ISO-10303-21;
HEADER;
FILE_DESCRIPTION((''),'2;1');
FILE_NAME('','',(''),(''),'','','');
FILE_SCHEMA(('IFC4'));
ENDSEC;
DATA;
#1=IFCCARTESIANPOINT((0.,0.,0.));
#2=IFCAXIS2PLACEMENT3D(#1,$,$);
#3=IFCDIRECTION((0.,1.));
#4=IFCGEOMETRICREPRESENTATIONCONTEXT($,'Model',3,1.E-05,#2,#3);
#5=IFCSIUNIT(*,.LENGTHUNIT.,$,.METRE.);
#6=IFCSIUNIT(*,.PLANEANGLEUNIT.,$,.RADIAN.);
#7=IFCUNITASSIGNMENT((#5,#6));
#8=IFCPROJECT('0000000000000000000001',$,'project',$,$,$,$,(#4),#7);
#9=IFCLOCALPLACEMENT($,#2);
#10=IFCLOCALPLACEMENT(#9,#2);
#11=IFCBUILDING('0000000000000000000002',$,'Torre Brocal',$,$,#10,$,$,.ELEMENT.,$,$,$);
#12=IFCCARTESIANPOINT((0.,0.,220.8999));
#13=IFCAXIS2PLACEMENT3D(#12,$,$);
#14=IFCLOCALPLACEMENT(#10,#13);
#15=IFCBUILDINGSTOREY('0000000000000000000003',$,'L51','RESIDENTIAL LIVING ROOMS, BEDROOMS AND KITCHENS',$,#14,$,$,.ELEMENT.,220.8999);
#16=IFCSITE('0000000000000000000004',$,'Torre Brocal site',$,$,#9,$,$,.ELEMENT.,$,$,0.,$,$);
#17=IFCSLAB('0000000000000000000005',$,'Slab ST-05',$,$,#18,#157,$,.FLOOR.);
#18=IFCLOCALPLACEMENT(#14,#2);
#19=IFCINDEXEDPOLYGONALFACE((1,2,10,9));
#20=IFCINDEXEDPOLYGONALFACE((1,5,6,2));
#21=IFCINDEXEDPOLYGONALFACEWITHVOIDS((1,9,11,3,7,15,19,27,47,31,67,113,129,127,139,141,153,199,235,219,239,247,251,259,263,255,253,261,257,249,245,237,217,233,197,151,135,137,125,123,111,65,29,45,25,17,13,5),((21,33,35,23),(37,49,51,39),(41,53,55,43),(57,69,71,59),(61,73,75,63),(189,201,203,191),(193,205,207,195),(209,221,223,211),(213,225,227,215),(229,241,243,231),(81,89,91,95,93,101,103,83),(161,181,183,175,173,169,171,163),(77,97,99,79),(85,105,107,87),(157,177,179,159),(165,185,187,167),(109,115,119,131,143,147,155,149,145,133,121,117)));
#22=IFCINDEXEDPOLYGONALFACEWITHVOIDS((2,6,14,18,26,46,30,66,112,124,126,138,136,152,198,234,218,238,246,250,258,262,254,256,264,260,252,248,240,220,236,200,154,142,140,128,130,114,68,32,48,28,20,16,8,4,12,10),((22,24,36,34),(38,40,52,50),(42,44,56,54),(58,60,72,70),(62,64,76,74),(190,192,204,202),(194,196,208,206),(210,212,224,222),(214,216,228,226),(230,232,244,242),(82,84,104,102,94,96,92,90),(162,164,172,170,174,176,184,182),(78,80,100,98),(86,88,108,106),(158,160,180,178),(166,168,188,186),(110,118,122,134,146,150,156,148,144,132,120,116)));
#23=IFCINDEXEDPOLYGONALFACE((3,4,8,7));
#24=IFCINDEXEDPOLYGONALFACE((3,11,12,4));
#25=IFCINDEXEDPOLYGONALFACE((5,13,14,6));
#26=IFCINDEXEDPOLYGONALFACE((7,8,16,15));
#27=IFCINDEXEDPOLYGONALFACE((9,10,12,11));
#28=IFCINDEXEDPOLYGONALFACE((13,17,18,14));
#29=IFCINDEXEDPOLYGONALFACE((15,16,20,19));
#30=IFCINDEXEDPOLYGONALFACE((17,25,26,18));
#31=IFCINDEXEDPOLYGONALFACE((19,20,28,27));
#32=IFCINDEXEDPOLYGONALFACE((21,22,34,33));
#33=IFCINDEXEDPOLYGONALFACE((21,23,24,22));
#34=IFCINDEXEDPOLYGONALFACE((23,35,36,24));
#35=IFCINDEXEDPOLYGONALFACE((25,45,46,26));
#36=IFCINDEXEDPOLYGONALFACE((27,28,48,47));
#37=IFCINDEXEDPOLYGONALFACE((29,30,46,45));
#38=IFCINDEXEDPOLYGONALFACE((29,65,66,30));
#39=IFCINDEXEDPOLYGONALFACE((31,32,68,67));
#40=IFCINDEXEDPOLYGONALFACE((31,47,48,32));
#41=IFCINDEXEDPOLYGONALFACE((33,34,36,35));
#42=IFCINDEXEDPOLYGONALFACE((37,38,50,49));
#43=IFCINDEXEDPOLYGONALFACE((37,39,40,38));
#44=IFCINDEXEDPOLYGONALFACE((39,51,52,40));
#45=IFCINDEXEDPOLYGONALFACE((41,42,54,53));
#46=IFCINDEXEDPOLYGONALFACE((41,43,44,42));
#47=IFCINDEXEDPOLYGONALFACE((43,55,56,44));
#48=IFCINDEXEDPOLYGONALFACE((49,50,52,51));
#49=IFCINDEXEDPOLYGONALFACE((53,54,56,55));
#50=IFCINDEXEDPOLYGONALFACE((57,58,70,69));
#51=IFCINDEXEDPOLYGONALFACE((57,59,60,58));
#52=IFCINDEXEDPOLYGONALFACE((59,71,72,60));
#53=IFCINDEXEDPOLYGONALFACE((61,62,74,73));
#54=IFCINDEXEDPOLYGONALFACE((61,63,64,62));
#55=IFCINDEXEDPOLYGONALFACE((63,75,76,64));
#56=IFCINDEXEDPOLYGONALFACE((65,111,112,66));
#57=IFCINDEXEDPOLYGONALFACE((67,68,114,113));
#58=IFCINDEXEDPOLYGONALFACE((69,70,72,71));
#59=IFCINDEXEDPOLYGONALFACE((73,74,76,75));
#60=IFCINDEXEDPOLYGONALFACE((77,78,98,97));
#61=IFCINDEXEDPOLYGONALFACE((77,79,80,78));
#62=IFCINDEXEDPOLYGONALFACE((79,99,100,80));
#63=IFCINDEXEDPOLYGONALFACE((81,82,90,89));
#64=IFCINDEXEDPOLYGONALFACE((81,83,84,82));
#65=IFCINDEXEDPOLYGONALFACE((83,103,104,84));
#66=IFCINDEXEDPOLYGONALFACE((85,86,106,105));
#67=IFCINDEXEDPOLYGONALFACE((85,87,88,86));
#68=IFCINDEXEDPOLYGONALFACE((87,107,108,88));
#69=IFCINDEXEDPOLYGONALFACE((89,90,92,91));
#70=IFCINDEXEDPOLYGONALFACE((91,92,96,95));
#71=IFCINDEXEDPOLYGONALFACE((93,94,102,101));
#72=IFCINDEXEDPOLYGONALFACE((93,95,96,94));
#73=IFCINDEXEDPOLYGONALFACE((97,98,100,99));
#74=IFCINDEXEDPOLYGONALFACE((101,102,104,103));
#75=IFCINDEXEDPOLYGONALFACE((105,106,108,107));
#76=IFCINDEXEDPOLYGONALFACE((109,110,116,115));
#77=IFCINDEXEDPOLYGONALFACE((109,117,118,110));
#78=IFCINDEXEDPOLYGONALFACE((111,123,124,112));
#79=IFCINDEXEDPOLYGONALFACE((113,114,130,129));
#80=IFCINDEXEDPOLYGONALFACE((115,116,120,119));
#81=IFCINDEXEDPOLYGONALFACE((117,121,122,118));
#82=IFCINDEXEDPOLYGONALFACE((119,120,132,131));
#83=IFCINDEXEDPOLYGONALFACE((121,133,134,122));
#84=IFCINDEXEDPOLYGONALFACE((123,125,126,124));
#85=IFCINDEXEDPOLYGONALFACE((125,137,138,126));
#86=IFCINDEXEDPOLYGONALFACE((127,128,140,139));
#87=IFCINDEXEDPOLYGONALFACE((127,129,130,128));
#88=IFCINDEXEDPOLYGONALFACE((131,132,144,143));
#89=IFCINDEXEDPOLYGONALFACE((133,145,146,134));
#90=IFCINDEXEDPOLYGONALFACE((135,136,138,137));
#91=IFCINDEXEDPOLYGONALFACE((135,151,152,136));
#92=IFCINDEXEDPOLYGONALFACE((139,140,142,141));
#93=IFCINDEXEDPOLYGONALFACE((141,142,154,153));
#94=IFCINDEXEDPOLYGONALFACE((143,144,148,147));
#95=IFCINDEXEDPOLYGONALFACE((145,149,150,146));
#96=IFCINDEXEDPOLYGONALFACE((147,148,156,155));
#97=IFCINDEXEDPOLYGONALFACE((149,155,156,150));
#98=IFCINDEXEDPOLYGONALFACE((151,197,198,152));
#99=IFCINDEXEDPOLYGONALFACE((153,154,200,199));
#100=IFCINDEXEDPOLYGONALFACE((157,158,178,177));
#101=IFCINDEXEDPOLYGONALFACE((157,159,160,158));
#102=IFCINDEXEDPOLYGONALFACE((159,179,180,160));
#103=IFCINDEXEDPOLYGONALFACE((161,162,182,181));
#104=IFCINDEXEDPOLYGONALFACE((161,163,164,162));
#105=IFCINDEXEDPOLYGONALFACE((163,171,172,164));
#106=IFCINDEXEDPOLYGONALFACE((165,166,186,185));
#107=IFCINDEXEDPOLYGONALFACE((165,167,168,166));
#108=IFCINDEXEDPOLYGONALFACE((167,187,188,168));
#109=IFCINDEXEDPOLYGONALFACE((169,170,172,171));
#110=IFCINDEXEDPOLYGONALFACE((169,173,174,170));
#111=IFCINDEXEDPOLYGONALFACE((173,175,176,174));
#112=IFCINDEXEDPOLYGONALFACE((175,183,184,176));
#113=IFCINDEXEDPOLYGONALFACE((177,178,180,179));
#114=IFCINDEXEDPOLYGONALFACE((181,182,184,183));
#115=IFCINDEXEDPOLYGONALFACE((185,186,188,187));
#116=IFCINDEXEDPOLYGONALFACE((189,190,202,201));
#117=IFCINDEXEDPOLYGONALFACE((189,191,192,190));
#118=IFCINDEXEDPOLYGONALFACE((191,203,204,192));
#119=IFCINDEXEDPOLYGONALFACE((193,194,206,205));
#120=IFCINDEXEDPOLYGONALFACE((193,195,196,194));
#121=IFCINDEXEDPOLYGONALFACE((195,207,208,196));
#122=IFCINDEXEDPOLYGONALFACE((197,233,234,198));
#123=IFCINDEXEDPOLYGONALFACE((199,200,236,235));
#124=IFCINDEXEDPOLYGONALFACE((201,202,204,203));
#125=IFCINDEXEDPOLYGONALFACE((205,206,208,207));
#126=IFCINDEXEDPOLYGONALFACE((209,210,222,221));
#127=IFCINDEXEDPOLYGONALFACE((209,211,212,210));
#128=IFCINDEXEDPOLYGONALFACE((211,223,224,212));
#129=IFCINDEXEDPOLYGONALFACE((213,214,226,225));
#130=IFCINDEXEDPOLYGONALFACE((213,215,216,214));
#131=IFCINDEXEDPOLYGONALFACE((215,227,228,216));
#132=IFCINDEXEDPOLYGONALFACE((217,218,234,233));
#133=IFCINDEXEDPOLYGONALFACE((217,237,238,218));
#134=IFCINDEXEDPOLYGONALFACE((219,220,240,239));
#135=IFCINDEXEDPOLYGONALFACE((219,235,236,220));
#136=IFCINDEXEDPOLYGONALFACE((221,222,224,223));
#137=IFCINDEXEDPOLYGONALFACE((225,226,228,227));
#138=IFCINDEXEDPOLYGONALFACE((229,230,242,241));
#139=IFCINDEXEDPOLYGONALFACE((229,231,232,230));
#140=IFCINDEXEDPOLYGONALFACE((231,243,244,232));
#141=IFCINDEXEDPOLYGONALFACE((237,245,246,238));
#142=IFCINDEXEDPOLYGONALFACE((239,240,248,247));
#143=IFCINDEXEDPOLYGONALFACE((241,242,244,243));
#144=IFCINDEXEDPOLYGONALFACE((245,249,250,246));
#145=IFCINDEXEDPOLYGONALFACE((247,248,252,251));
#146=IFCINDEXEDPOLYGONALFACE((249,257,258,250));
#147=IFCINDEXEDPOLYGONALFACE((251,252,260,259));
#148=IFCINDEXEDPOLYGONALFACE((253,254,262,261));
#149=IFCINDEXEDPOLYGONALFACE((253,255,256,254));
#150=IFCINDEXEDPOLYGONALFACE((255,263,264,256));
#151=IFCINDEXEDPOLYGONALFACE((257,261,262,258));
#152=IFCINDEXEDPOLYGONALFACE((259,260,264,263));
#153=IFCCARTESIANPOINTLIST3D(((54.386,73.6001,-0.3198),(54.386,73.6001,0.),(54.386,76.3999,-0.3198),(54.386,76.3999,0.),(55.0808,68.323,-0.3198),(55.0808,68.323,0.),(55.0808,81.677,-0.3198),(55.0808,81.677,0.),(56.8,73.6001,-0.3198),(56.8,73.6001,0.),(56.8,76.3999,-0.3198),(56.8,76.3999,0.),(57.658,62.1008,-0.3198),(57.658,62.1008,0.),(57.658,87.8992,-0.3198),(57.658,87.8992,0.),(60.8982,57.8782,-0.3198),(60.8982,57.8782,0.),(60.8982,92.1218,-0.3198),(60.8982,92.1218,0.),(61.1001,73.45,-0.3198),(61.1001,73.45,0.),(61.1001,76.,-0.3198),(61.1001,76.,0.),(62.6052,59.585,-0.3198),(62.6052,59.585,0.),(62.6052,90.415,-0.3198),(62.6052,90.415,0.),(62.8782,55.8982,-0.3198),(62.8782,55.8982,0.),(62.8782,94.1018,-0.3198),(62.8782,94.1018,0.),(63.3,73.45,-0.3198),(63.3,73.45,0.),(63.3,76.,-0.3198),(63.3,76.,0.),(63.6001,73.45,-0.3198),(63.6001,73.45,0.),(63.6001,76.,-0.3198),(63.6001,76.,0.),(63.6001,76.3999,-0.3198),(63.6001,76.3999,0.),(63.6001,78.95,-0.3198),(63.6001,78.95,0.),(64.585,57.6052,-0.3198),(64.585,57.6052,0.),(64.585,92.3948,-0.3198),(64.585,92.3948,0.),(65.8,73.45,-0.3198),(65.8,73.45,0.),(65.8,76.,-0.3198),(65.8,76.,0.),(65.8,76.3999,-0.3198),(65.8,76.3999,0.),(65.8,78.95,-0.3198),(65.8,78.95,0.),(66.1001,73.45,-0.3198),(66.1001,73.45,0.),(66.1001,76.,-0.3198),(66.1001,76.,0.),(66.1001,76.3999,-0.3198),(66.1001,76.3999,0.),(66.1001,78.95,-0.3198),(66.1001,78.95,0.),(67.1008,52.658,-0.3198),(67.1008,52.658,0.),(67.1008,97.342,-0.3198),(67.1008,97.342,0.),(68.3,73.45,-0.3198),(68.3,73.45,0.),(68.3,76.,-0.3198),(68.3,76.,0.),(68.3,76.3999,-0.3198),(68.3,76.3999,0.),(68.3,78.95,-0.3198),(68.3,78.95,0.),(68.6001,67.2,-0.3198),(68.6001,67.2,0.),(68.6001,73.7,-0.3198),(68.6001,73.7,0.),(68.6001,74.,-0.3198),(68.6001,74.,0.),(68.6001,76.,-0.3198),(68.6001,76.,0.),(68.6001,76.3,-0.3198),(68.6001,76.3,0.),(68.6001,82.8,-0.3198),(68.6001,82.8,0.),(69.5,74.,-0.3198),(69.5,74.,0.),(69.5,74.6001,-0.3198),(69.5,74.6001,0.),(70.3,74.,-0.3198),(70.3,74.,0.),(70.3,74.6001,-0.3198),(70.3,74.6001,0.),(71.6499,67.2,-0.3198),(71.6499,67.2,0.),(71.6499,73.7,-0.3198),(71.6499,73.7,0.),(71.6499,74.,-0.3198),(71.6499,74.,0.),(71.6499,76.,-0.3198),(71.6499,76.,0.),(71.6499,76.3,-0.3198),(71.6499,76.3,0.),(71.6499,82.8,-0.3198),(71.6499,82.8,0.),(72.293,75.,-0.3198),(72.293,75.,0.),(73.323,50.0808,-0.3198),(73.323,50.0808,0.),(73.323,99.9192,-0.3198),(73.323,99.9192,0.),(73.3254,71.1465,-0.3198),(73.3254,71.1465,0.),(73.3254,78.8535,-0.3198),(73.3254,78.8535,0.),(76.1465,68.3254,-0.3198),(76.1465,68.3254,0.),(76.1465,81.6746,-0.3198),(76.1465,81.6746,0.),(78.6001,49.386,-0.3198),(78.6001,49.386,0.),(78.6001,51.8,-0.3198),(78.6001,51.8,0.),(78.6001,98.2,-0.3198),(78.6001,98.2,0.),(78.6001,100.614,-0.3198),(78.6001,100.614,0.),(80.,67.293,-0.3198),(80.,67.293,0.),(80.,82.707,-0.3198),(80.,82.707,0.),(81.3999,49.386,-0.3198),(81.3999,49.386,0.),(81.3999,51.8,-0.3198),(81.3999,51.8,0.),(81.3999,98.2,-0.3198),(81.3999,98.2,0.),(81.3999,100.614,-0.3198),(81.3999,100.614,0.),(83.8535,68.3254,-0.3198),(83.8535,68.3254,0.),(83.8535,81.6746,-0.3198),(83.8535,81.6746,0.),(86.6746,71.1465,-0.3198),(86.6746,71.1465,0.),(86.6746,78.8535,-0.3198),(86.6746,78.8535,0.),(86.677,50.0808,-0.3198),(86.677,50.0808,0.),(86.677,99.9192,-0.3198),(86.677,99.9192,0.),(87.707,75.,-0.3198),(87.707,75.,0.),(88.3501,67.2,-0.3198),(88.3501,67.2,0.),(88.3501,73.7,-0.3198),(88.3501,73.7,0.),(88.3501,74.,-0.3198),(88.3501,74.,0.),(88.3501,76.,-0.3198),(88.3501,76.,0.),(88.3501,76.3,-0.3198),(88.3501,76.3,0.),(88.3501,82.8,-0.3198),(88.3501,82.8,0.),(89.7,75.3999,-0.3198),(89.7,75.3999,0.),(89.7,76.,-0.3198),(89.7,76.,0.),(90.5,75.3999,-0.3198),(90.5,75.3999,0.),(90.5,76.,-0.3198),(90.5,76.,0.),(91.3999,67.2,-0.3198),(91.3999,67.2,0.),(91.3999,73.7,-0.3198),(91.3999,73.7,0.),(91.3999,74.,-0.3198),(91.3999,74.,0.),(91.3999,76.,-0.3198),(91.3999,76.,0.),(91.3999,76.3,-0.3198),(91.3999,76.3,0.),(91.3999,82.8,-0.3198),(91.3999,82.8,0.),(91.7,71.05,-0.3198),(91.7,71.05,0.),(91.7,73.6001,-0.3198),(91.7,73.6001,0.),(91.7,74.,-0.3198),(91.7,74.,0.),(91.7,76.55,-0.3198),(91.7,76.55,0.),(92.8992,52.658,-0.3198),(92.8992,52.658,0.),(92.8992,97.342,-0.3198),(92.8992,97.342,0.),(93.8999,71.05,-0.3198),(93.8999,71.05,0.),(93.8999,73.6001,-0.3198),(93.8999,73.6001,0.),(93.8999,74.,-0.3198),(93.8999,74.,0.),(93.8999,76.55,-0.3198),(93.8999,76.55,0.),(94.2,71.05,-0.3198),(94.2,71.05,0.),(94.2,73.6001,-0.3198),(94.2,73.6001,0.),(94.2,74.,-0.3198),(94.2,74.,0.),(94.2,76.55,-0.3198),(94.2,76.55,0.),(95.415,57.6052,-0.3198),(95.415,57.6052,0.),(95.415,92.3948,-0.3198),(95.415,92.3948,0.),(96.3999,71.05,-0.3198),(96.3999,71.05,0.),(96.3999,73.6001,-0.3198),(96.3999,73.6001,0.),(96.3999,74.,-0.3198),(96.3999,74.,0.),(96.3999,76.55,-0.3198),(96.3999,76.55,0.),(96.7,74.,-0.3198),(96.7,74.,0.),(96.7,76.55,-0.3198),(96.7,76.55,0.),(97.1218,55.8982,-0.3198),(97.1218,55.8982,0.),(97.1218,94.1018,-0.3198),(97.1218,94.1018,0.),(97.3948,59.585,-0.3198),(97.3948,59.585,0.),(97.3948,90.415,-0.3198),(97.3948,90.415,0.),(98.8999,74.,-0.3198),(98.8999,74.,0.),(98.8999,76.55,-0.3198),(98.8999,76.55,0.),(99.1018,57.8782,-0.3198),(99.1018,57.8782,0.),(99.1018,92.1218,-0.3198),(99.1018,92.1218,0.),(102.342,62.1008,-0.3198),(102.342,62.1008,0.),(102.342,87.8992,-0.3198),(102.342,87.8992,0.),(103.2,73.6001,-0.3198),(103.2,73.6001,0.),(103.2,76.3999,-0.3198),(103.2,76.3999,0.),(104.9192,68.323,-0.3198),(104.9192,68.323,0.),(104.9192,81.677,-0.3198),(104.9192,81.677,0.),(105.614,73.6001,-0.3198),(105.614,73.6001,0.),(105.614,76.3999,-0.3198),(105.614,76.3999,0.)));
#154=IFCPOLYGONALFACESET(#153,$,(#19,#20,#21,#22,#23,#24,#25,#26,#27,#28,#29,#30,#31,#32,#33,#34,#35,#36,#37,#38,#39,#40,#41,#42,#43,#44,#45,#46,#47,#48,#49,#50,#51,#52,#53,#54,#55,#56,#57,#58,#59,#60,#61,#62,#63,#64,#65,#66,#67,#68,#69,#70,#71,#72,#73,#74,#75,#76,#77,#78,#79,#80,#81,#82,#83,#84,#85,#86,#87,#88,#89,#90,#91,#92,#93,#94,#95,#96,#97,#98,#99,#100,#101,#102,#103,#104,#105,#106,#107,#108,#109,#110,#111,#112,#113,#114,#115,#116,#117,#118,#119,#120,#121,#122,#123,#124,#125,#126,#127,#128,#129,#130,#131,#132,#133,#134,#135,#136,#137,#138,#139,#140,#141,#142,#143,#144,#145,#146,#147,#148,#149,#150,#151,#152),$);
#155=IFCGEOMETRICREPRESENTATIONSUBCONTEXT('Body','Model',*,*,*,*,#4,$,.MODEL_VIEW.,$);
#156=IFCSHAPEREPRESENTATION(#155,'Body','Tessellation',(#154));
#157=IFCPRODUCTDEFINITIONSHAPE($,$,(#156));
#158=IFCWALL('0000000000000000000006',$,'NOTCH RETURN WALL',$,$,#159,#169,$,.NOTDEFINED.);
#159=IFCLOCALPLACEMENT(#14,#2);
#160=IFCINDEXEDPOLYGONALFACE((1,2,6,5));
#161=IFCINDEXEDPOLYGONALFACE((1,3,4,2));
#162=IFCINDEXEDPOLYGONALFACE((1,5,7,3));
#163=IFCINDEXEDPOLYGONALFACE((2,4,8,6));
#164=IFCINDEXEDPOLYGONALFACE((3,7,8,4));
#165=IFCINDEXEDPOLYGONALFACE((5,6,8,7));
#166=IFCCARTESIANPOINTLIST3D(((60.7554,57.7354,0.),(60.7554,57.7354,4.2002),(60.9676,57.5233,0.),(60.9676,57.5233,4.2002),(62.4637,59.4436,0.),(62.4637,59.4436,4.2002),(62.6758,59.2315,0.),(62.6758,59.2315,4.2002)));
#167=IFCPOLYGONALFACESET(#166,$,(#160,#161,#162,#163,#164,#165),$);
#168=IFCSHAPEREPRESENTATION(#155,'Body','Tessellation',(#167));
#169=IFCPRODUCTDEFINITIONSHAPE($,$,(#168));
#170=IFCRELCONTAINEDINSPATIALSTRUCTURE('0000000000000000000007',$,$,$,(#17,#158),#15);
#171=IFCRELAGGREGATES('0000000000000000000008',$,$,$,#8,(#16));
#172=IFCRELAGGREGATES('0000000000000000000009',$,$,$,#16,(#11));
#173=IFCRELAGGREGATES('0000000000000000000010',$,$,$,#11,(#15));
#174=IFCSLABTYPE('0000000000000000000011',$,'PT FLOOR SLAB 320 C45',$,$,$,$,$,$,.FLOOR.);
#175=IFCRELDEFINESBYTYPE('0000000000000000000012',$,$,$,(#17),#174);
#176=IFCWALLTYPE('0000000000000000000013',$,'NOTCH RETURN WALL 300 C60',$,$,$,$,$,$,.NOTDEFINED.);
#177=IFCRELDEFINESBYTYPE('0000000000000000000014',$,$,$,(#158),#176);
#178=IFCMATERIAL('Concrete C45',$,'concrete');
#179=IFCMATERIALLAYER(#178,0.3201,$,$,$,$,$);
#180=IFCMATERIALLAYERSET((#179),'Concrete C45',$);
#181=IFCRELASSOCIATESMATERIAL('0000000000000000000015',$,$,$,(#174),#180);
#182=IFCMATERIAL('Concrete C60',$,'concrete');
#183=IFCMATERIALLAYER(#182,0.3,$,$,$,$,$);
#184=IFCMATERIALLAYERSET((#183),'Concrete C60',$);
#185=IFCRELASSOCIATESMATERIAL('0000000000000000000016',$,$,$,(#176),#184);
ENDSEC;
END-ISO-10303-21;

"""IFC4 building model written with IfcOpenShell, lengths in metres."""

from ifc_helpers import new_model, si_unit, direction, frame, frame_2d, origin, place, context, subcontext, project, spatial, polyline, rectangle, outline, extrude, material, layer, layer_set, type_object, element, save


model = new_model("IFC4")

# Units and contexts
model_context = context("Model", 3, precision=1e-05, world=origin(), true_north=direction((0.0, 1.0)))
body_context = subcontext(model_context, "Body", "Model", "MODEL_VIEW")
ifc_project = project(units=[si_unit("LENGTHUNIT", "METRE"), si_unit("PLANEANGLEUNIT", "RADIAN")], contexts=[model_context])

# Site, building, storey
site_placement = place(None, origin())
site = spatial("IfcSite", under=ifc_project, at=site_placement, Name="Torre Brocal site", CompositionType="ELEMENT", RefElevation=0.0)
building_placement = place(site_placement, origin())
building = spatial("IfcBuilding", under=site, at=building_placement, Name="Torre Brocal", CompositionType="ELEMENT")
storey_placement = place(building_placement, frame((0.0, 0.0, 220.8999)))
storey = spatial("IfcBuildingStorey", under=building, at=storey_placement, Name="L51", Description="RESIDENTIAL LIVING ROOMS, BEDROOMS AND KITCHENS", CompositionType="ELEMENT", Elevation=220.8999)

# Slab
ifc_material_1 = material(Name="Concrete C45", Category="concrete")
ifc_layer_1 = layer(ifc_material_1, 0.3201)
ifc_layer_set_1 = layer_set([ifc_layer_1], Name="Concrete C45")
slab_type_1 = type_object("IfcSlabType", Name="PT FLOOR SLAB 320 C45", PredefinedType="FLOOR", material=ifc_layer_set_1)
slab_1_placement = place(storey_placement, frame((0.0, 0.0, -0.3198)))
element("IfcSlab", 1, at=slab_1_placement, inside=storey, type_object=slab_type_1, Name="Slab ST-05", PredefinedType="FLOOR", context=body_context, shape_type="SweptSolid", body=[
    extrude(outline(polyline([(103.2, 76.3999), (103.2, 73.6001), (105.614, 73.6001), (104.9192, 68.323), (102.342, 62.1008), (99.1018, 57.8782), (97.3948, 59.585), (95.415, 57.6052), (97.1218, 55.8982), (92.8992, 52.658), (86.677, 50.0808), (81.3999, 49.386), (81.3999, 51.8), (78.6001, 51.8), (78.6001, 49.386), (73.323, 50.0808), (67.1008, 52.658), (62.8782, 55.8982), (64.585, 57.6052), (62.6052, 59.585), (60.8982, 57.8782), (57.658, 62.1008), (55.0808, 68.323), (54.386, 73.6001), (56.8, 73.6001), (56.8, 76.3999), (54.386, 76.3999), (55.0808, 81.677), (57.658, 87.8992), (60.8982, 92.1218), (62.6052, 90.415), (64.585, 92.3948), (62.8782, 94.1018), (67.1008, 97.342), (73.323, 99.9192), (78.6001, 100.614), (78.6001, 98.2), (81.3999, 98.2), (81.3999, 100.614), (86.677, 99.9192), (92.8992, 97.342), (97.1218, 94.1018), (95.415, 92.3948), (97.3948, 90.415), (99.1018, 92.1218), (102.342, 87.8992), (104.9192, 81.677), (105.614, 76.3999), (103.2, 76.3999)]), holes=[polyline([(98.8999, 76.55), (96.7, 76.55), (96.7, 74.0), (98.8999, 74.0), (98.8999, 76.55)]), polyline([(96.3999, 76.55), (94.2, 76.55), (94.2, 74.0), (96.3999, 74.0), (96.3999, 76.55)]), polyline([(96.3999, 73.6001), (94.2, 73.6001), (94.2, 71.05), (96.3999, 71.05), (96.3999, 73.6001)]), polyline([(93.8999, 76.55), (91.7, 76.55), (91.7, 74.0), (93.8999, 74.0), (93.8999, 76.55)]), polyline([(93.8999, 73.6001), (91.7, 73.6001), (91.7, 71.05), (93.8999, 71.05), (93.8999, 73.6001)]), polyline([(89.7, 76.0), (88.3501, 76.0), (88.3501, 74.0), (91.3999, 74.0), (91.3999, 76.0), (90.5, 76.0), (90.5, 75.3999), (89.7, 75.3999), (89.7, 76.0)]), polyline([(91.3999, 82.8), (88.3501, 82.8), (88.3501, 76.3), (91.3999, 76.3), (91.3999, 82.8)]), polyline([(91.3999, 73.7), (88.3501, 73.7), (88.3501, 67.2), (91.3999, 67.2), (91.3999, 73.7)]), polyline([(80.0, 82.707), (76.1465, 81.6746), (73.3254, 78.8535), (72.293, 75.0), (73.3254, 71.1465), (76.1465, 68.3254), (80.0, 67.293), (83.8535, 68.3254), (86.6746, 71.1465), (87.707, 75.0), (86.6746, 78.8535), (83.8535, 81.6746), (80.0, 82.707)]), polyline([(70.3, 74.0), (71.6499, 74.0), (71.6499, 76.0), (68.6001, 76.0), (68.6001, 74.0), (69.5, 74.0), (69.5, 74.6001), (70.3, 74.6001), (70.3, 74.0)]), polyline([(68.6001, 76.3), (71.6499, 76.3), (71.6499, 82.8), (68.6001, 82.8), (68.6001, 76.3)]), polyline([(68.6001, 67.2), (71.6499, 67.2), (71.6499, 73.7), (68.6001, 73.7), (68.6001, 67.2)]), polyline([(66.1001, 76.3999), (68.3, 76.3999), (68.3, 78.95), (66.1001, 78.95), (66.1001, 76.3999)]), polyline([(66.1001, 73.45), (68.3, 73.45), (68.3, 76.0), (66.1001, 76.0), (66.1001, 73.45)]), polyline([(63.6001, 76.3999), (65.8, 76.3999), (65.8, 78.95), (63.6001, 78.95), (63.6001, 76.3999)]), polyline([(63.6001, 73.45), (65.8, 73.45), (65.8, 76.0), (63.6001, 76.0), (63.6001, 73.45)]), polyline([(61.1001, 73.45), (63.3, 73.45), (63.3, 76.0), (61.1001, 76.0), (61.1001, 73.45)])]), origin(), (0.0, 0.0, 1.0), 0.3198),
])

# Wall
ifc_material_2 = material(Name="Concrete C60", Category="concrete")
ifc_layer_2 = layer(ifc_material_2, 0.3)
ifc_layer_set_2 = layer_set([ifc_layer_2], Name="Concrete C60")
wall_type_1 = type_object("IfcWallType", Name="NOTCH RETURN WALL 300 C60", PredefinedType="NOTDEFINED", material=ifc_layer_set_2)
for number, where, z_axis, x_axis, name in (
    (2, (62.5698, 59.3376, 0.0), (0.0, 0.0, 1.0), (-0.707107, -0.707107, 0.0), "NOTCH RETURN WALL"),
):
    element("IfcWall", number, at=place(storey_placement, frame(where, z_axis=z_axis, x_axis=x_axis)), inside=storey, type_object=wall_type_1, Name=name, PredefinedType="NOTDEFINED", context=body_context, shape_type="SweptSolid", body=[
        extrude(rectangle(XDim=2.4158, YDim=0.3, at=frame_2d((1.208, 0.0))), origin(), (0.0, 0.0, 1.0), 4.2002),
    ])

save(model, "model.ifc")
